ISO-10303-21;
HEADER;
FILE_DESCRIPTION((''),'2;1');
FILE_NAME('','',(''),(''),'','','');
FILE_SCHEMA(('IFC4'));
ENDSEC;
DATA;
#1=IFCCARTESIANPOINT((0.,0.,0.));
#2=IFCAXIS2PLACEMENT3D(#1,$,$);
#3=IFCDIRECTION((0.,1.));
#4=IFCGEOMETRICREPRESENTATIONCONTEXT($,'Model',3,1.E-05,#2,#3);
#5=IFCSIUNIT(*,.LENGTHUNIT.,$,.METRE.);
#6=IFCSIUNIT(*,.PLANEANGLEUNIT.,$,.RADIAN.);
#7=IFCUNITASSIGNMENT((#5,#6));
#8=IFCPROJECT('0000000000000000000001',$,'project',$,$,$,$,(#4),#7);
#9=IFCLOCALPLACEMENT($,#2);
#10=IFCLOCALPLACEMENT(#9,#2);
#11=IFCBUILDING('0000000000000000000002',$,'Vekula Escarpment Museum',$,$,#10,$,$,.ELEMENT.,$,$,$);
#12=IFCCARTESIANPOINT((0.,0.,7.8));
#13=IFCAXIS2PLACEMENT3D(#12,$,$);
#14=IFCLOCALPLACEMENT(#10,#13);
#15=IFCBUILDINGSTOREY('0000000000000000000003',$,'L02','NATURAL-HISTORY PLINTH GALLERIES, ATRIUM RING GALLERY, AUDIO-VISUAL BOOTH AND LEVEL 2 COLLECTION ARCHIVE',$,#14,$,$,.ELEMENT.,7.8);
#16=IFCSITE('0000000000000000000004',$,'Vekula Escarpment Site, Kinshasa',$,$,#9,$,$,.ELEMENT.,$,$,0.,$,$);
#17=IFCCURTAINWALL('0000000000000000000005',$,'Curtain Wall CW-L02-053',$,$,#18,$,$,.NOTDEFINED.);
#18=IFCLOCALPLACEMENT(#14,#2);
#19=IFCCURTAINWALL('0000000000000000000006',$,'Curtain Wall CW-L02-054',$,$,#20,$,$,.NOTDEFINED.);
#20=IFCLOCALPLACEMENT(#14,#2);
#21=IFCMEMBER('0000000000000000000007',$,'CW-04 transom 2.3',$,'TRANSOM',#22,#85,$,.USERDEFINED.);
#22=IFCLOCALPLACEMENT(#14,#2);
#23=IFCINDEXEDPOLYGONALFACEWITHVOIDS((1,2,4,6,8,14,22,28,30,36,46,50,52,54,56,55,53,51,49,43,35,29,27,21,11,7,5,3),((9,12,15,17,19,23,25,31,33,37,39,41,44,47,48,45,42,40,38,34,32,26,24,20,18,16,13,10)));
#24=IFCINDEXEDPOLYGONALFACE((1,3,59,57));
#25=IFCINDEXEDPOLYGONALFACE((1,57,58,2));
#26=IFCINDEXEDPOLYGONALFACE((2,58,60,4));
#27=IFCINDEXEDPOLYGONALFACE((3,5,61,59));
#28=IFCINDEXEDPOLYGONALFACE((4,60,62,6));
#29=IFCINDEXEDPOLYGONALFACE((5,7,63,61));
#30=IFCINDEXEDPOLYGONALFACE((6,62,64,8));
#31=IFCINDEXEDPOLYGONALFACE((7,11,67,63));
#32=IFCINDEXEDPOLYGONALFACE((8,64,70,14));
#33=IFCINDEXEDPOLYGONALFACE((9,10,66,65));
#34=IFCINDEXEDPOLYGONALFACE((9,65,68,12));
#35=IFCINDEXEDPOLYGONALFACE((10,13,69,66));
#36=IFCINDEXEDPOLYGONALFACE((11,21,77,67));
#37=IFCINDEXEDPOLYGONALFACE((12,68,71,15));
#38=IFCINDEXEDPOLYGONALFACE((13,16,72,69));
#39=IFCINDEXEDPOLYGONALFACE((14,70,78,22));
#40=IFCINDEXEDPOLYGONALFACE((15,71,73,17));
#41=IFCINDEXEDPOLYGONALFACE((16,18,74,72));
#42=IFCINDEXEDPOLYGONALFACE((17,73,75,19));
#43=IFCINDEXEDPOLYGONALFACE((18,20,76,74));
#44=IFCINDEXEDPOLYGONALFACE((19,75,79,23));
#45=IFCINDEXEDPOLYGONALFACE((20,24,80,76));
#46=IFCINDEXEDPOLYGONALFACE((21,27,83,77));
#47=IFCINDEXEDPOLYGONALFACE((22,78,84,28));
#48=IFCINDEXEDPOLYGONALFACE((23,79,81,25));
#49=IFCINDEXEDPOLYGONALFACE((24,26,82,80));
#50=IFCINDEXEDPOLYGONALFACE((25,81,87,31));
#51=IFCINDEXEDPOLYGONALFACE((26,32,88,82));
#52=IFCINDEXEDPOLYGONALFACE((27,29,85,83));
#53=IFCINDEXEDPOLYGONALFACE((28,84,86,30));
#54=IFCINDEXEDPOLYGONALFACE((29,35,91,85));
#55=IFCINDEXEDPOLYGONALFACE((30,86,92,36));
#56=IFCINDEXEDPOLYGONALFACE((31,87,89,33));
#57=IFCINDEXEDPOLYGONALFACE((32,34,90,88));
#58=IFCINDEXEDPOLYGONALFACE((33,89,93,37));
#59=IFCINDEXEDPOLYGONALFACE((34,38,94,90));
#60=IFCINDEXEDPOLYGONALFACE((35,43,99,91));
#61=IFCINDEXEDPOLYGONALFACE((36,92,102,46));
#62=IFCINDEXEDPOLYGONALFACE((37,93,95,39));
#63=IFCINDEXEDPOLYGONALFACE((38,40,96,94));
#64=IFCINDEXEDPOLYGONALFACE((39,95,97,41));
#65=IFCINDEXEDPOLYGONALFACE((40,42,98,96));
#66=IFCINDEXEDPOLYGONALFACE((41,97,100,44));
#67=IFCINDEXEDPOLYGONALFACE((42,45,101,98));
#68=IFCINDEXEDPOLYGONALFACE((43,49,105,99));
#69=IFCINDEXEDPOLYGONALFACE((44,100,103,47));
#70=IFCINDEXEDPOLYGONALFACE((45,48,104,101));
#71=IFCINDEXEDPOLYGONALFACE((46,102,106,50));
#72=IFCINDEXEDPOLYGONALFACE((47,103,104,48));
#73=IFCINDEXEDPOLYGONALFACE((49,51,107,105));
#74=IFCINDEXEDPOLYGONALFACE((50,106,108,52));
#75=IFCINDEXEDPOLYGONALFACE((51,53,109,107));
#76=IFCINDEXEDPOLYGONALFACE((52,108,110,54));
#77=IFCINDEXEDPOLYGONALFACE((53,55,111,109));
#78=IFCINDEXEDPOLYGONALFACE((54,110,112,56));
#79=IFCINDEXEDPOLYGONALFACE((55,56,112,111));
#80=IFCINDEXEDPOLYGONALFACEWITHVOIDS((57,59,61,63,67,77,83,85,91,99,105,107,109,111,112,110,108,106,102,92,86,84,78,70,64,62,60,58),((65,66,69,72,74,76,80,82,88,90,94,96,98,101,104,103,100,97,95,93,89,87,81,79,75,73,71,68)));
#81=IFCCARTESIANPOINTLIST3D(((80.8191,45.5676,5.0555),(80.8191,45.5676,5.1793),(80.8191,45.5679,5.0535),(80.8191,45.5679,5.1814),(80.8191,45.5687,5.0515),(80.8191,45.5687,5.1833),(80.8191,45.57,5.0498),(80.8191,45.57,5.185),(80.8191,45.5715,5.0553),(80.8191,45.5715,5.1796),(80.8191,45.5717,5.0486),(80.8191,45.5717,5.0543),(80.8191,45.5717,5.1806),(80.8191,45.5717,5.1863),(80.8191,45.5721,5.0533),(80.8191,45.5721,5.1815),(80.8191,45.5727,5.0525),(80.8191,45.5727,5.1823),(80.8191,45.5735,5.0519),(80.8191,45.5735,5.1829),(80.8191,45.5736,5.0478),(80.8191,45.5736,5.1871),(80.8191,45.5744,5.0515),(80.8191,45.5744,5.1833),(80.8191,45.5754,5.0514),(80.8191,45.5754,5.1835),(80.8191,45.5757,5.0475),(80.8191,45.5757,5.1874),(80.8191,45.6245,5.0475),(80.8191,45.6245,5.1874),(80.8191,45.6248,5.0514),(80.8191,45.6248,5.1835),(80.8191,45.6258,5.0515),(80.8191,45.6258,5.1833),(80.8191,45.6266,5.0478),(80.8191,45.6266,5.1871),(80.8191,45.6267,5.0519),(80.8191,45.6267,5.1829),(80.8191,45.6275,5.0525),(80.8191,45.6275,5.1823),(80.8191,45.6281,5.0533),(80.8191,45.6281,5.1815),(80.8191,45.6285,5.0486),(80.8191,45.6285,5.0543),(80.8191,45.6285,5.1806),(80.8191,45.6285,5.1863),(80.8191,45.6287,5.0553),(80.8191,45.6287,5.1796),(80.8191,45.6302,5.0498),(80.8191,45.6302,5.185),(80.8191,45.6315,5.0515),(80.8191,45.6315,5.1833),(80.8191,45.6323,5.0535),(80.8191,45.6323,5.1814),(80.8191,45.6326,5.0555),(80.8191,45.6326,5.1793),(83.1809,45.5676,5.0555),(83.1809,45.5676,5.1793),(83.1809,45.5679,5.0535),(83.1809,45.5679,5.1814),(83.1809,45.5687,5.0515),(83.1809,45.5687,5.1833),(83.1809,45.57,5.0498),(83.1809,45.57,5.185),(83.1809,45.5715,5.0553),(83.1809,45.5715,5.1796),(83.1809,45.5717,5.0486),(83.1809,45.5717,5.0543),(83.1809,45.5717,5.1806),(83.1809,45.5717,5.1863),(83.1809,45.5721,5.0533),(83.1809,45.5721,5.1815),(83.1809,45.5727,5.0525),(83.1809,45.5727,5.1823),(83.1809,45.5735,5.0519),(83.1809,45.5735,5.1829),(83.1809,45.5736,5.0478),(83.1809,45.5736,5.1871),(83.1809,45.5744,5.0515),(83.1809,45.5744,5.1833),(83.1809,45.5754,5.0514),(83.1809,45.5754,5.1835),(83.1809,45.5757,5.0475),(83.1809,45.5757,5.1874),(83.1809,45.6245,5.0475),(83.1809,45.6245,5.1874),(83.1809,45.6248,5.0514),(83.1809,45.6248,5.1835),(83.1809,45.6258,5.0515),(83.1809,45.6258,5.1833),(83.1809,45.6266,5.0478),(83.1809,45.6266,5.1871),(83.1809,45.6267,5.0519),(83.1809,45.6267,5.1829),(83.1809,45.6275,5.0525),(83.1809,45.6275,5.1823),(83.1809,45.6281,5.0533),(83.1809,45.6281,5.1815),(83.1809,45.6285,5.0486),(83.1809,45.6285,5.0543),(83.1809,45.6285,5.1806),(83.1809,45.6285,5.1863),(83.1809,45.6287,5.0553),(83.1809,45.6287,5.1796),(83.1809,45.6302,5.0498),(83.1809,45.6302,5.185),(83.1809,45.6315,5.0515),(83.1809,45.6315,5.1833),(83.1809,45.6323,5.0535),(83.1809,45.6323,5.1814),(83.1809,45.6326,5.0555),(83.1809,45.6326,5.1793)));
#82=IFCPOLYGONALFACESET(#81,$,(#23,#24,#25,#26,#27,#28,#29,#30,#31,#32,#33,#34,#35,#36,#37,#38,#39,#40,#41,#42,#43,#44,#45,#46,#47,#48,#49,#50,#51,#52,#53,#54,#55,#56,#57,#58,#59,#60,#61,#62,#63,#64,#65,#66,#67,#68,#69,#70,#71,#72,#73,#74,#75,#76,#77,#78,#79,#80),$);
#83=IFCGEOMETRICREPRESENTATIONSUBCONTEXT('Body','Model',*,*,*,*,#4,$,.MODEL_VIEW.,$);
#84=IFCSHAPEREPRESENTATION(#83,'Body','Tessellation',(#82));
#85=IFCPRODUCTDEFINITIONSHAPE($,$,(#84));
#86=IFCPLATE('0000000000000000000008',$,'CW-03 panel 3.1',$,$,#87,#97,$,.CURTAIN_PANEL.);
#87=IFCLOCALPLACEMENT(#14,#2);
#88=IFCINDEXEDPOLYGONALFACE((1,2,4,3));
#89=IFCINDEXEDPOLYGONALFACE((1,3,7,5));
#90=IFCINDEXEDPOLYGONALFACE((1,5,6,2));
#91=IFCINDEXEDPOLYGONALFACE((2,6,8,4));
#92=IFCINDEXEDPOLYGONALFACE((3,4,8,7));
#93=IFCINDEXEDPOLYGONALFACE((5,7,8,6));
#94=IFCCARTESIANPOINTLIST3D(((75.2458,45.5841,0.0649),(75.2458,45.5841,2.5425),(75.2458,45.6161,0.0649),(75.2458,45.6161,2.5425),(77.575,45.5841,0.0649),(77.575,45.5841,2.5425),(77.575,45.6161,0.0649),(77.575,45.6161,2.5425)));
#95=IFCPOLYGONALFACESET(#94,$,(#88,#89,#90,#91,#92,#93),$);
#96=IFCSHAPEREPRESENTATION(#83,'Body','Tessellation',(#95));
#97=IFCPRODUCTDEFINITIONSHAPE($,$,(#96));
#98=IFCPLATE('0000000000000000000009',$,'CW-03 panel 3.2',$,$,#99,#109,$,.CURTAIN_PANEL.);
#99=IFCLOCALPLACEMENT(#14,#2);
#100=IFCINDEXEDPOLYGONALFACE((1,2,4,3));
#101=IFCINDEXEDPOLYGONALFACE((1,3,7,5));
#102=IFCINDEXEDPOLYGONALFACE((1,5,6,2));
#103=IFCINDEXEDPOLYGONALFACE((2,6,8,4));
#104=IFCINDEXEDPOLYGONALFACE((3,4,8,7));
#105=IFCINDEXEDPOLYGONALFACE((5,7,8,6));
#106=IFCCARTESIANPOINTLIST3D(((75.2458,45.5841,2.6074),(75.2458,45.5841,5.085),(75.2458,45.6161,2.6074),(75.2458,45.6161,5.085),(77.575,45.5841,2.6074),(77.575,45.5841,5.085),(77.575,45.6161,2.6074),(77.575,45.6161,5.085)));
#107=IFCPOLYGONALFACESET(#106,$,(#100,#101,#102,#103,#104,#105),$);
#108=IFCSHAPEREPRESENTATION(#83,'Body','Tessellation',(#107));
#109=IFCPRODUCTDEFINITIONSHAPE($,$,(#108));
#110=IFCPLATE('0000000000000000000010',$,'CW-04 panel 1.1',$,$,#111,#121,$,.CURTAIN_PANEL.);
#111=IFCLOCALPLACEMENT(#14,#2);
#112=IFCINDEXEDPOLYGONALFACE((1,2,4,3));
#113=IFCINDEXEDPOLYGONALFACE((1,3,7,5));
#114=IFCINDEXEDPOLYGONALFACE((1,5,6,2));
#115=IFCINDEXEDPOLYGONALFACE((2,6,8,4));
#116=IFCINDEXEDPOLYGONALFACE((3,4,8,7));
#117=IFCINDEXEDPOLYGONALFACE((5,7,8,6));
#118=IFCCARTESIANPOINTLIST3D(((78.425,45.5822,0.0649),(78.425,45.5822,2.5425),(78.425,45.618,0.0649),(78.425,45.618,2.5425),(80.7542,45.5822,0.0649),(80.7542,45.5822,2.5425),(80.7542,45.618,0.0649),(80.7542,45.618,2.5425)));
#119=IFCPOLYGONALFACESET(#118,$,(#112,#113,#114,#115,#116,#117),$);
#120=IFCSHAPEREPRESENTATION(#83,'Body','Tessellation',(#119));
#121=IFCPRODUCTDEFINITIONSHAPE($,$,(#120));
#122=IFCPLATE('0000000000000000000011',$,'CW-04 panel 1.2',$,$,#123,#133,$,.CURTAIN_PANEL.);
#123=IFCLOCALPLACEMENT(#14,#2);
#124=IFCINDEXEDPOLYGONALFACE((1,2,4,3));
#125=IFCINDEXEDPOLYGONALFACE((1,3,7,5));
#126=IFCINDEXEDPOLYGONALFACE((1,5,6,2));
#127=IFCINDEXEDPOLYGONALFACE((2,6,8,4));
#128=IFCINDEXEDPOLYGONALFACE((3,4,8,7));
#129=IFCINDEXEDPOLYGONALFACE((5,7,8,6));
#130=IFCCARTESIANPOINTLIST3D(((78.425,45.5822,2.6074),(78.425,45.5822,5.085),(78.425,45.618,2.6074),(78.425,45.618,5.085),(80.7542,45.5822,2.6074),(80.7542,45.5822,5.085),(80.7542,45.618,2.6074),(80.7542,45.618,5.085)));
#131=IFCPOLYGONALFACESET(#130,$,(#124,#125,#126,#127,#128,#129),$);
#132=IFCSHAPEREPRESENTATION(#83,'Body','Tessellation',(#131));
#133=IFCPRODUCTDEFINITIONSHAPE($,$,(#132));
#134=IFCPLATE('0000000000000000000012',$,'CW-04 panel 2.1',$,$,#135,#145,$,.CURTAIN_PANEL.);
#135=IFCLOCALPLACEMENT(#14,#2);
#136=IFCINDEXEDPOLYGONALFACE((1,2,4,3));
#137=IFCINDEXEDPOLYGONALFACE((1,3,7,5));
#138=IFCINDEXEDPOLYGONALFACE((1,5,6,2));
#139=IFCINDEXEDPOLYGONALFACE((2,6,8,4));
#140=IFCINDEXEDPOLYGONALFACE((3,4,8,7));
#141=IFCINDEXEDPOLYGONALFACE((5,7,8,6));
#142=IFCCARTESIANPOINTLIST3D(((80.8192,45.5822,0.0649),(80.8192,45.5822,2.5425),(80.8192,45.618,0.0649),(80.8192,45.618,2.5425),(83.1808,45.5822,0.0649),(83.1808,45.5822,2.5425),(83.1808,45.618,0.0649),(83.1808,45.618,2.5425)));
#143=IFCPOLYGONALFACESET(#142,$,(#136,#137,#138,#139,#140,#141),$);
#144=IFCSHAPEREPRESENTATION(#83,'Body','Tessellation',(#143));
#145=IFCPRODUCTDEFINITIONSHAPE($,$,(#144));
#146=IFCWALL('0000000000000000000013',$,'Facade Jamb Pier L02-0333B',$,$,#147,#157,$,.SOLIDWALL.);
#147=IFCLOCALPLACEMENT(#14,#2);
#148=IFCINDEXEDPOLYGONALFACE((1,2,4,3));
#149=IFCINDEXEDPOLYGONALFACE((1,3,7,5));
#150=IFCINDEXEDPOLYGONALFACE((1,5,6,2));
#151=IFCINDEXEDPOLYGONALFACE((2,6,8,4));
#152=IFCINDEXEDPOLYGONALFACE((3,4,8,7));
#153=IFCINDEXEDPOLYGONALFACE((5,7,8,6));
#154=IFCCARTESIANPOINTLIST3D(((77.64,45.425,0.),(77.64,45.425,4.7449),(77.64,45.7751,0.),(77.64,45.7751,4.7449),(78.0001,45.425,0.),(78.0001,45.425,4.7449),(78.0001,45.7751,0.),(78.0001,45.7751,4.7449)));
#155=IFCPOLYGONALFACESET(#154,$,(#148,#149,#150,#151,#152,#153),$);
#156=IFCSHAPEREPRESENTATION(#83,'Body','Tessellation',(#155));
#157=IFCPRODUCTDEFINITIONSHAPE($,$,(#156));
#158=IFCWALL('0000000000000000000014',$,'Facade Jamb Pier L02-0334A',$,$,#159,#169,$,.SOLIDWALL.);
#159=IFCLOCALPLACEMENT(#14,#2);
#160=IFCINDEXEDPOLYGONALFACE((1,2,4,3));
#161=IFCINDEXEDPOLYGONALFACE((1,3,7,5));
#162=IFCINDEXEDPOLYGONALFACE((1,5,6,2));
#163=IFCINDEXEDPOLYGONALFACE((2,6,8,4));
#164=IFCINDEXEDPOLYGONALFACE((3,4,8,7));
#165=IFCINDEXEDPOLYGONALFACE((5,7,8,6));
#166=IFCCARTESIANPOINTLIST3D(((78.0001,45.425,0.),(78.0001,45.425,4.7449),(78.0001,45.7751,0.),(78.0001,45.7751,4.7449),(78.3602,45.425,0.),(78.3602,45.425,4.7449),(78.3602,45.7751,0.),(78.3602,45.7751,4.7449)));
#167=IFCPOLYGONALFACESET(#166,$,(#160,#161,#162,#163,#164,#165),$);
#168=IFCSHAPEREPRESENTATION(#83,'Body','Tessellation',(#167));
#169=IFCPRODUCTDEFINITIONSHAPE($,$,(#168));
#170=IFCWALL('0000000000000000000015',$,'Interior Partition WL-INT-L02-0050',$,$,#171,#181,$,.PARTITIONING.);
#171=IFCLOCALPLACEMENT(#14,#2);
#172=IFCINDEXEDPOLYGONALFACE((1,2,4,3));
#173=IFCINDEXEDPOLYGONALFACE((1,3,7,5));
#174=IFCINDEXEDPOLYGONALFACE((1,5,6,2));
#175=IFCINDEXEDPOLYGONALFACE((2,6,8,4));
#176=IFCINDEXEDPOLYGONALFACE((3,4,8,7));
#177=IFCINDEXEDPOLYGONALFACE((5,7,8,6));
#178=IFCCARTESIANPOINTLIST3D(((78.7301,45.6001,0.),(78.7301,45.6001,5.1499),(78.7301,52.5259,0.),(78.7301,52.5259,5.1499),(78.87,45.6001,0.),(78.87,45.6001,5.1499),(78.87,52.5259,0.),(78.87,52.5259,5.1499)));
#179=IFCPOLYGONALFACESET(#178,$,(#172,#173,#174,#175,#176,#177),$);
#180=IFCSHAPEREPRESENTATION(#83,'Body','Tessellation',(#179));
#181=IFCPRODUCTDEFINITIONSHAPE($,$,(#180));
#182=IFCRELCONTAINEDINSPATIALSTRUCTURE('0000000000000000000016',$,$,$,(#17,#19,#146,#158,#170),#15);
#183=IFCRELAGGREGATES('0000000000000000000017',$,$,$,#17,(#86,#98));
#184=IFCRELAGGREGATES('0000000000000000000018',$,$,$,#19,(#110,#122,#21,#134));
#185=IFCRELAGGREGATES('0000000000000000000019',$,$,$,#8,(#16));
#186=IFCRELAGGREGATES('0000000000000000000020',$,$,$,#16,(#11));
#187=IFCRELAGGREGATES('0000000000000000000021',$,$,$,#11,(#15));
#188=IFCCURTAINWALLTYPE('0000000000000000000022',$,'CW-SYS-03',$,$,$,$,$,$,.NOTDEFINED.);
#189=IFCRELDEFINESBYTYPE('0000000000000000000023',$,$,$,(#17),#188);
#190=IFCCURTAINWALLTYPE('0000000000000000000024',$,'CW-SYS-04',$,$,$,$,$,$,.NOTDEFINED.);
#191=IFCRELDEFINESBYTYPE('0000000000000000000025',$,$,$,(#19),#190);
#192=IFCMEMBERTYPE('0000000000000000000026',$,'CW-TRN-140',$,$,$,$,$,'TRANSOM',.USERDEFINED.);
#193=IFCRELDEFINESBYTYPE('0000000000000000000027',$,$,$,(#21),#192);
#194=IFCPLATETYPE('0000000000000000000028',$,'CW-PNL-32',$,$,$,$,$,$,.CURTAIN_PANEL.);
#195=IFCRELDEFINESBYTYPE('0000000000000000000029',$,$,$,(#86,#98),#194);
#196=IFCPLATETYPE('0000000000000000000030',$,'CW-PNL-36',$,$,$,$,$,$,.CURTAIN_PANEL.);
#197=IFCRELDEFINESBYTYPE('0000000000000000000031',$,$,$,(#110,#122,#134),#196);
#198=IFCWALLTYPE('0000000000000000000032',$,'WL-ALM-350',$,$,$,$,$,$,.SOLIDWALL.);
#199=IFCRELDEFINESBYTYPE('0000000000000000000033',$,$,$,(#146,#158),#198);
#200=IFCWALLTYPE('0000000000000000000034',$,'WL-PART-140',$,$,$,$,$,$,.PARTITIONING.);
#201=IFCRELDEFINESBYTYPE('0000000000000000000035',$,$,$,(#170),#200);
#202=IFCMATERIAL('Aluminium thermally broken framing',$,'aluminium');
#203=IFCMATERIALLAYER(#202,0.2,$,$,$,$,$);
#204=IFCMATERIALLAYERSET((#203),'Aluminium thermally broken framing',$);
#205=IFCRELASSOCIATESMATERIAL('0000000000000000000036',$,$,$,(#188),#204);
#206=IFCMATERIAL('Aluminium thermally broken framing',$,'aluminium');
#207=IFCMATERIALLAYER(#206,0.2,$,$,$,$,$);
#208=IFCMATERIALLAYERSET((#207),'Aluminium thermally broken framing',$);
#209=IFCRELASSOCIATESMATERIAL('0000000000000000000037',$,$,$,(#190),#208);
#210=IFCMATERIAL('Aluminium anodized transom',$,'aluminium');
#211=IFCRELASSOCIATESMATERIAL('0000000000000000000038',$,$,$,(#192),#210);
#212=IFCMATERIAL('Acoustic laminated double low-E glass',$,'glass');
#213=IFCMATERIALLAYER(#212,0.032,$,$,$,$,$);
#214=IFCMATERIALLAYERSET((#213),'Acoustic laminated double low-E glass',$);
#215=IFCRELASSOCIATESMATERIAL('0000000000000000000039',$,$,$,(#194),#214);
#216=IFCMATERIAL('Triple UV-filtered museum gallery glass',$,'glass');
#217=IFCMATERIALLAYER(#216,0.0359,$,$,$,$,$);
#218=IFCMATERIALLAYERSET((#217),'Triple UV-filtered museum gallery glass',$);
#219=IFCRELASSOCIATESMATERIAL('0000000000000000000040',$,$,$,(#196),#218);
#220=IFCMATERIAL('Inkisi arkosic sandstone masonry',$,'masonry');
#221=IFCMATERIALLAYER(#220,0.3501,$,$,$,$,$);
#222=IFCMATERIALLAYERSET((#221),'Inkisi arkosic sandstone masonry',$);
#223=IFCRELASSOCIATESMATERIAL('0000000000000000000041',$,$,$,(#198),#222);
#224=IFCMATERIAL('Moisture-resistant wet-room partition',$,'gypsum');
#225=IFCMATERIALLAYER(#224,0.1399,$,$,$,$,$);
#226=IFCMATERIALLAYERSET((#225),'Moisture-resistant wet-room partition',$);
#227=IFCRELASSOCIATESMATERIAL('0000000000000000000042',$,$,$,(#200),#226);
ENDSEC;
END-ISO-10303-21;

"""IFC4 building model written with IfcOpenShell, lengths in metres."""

from ifc_helpers import new_model, si_unit, direction, frame, frame_2d, origin, origin_2d, place, context, subcontext, project, spatial, rectangle, hollow_rectangle, extrude, material, layer, layer_set, material_profile, profile_set, type_object, element, aggregate, save


model = new_model("IFC4")

# Units and contexts
model_context = context("Model", 3, precision=1e-05, world=origin(), true_north=direction((0.0, 1.0)))
body_context = subcontext(model_context, "Body", "Model", "MODEL_VIEW")
ifc_project = project(units=[si_unit("LENGTHUNIT", "METRE"), si_unit("PLANEANGLEUNIT", "RADIAN")], contexts=[model_context])

# Site, building, storey
site_placement = place(None, origin())
site = spatial("IfcSite", under=ifc_project, at=site_placement, Name="Vekula Escarpment Site, Kinshasa", CompositionType="ELEMENT", RefElevation=0.0)
building_placement = place(site_placement, origin())
building = spatial("IfcBuilding", under=site, at=building_placement, Name="Vekula Escarpment Museum", CompositionType="ELEMENT")
storey_placement = place(building_placement, frame((0.0, 0.0, 7.8)))
storey = spatial("IfcBuildingStorey", under=building, at=storey_placement, Name="L02", Description="NATURAL-HISTORY PLINTH GALLERIES, ATRIUM RING GALLERY, AUDIO-VISUAL BOOTH AND LEVEL 2 COLLECTION ARCHIVE", CompositionType="ELEMENT", Elevation=7.8)

# Curtain walls
ifc_material_1 = material(Name="Aluminium thermally broken framing", Category="aluminium")
ifc_layer_1 = layer(ifc_material_1, 0.2)
ifc_layer_set_1 = layer_set([ifc_layer_1], Name="Aluminium thermally broken framing")
curtain_wall_type_1 = type_object("IfcCurtainWallType", Name="CW-SYS-03", PredefinedType="NOTDEFINED", material=ifc_layer_set_1)
curtain_wall_1_placement = place(storey_placement, origin())
curtain_wall_1 = element("IfcCurtainWall", 1, at=curtain_wall_1_placement, inside=storey, type_object=curtain_wall_type_1, Name="Curtain Wall CW-L02-053", PredefinedType="NOTDEFINED")
ifc_material_2 = material(Name="Aluminium thermally broken framing", Category="aluminium")
ifc_layer_2 = layer(ifc_material_2, 0.2)
ifc_layer_set_2 = layer_set([ifc_layer_2], Name="Aluminium thermally broken framing")
curtain_wall_type_2 = type_object("IfcCurtainWallType", Name="CW-SYS-04", PredefinedType="NOTDEFINED", material=ifc_layer_set_2)
curtain_wall_2_placement = place(storey_placement, origin())
curtain_wall_2 = element("IfcCurtainWall", 2, at=curtain_wall_2_placement, inside=storey, type_object=curtain_wall_type_2, Name="Curtain Wall CW-L02-054", PredefinedType="NOTDEFINED")

# Member
ifc_material_3 = material(Name="Aluminium anodized transom", Category="aluminium")
ifc_material_profile_1 = material_profile(ifc_material_3, hollow_rectangle(XDim=0.0649, YDim=0.1399, WallThickness=0.0039, InnerFilletRadius=0.0039, OuterFilletRadius=0.0081, at=origin_2d()), Name="ALU 140x65x4")
ifc_profile_set_1 = profile_set([ifc_material_profile_1], Name="Aluminium anodized transom")
member_type_1 = type_object("IfcMemberType", Name="CW-TRN-140", ElementType="TRANSOM", PredefinedType="USERDEFINED", material=ifc_profile_set_1)
member_1_placement = place(storey_placement, frame((80.8191, 45.6001, 5.1174), z_axis=(1.0, 0.0, 0.0), x_axis=(0.0, 1.0, 0.0)))
member_1 = element("IfcMember", 3, at=member_1_placement, type_object=member_type_1, Name="CW-04 transom 2.3", ObjectType="TRANSOM", PredefinedType="USERDEFINED", context=body_context, shape_type="SweptSolid", body=[
    extrude(hollow_rectangle(XDim=0.0649, YDim=0.1399, WallThickness=0.0039, InnerFilletRadius=0.0039, OuterFilletRadius=0.0081, at=origin_2d()), origin(), (0.0, 0.0, 1.0), 2.3618),
])

# Plates
ifc_material_4 = material(Name="Acoustic laminated double low-E glass", Category="glass")
ifc_layer_3 = layer(ifc_material_4, 0.032)
ifc_layer_set_3 = layer_set([ifc_layer_3], Name="Acoustic laminated double low-E glass")
plate_type_1 = type_object("IfcPlateType", Name="CW-PNL-32", PredefinedType="CURTAIN_PANEL", material=ifc_layer_set_3)
plate_1_placement = place(storey_placement, frame((76.4104, 45.6001, 0.0649), z_axis=(0.0, 0.0, 1.0), x_axis=(1.0, 0.0, 0.0)))
plate_1 = element("IfcPlate", 4, at=plate_1_placement, type_object=plate_type_1, Name="CW-03 panel 3.1", PredefinedType="CURTAIN_PANEL", context=body_context, shape_type="SweptSolid", body=[
    extrude(rectangle(XDim=2.3291, YDim=0.032, at=origin_2d()), origin(), (0.0, 0.0, 1.0), 2.4775),
])
plate_2_placement = place(storey_placement, frame((76.4104, 45.6001, 2.6074), z_axis=(0.0, 0.0, 1.0), x_axis=(1.0, 0.0, 0.0)))
plate_2 = element("IfcPlate", 5, at=plate_2_placement, type_object=plate_type_1, Name="CW-03 panel 3.2", PredefinedType="CURTAIN_PANEL", context=body_context, shape_type="SweptSolid", body=[
    extrude(rectangle(XDim=2.3291, YDim=0.032, at=origin_2d()), origin(), (0.0, 0.0, 1.0), 2.4775),
])
aggregate(curtain_wall_1, [plate_1, plate_2])
ifc_material_5 = material(Name="Triple UV-filtered museum gallery glass", Category="glass")
ifc_layer_4 = layer(ifc_material_5, 0.0359)
ifc_layer_set_4 = layer_set([ifc_layer_4], Name="Triple UV-filtered museum gallery glass")
plate_type_2 = type_object("IfcPlateType", Name="CW-PNL-36", PredefinedType="CURTAIN_PANEL", material=ifc_layer_set_4)
plate_3_placement = place(storey_placement, frame((79.5896, 45.6001, 0.0649), z_axis=(0.0, 0.0, 1.0), x_axis=(1.0, 0.0, 0.0)))
plate_3 = element("IfcPlate", 6, at=plate_3_placement, type_object=plate_type_2, Name="CW-04 panel 1.1", PredefinedType="CURTAIN_PANEL", context=body_context, shape_type="SweptSolid", body=[
    extrude(rectangle(XDim=2.3291, YDim=0.0359, at=origin_2d()), origin(), (0.0, 0.0, 1.0), 2.4775),
])
plate_4_placement = place(storey_placement, frame((79.5896, 45.6001, 2.6074), z_axis=(0.0, 0.0, 1.0), x_axis=(1.0, 0.0, 0.0)))
plate_4 = element("IfcPlate", 7, at=plate_4_placement, type_object=plate_type_2, Name="CW-04 panel 1.2", PredefinedType="CURTAIN_PANEL", context=body_context, shape_type="SweptSolid", body=[
    extrude(rectangle(XDim=2.3291, YDim=0.0359, at=origin_2d()), origin(), (0.0, 0.0, 1.0), 2.4775),
])
plate_5_placement = place(storey_placement, frame((82.0, 45.6001, 0.0649), z_axis=(0.0, 0.0, 1.0), x_axis=(1.0, 0.0, 0.0)))
plate_5 = element("IfcPlate", 8, at=plate_5_placement, type_object=plate_type_2, Name="CW-04 panel 2.1", PredefinedType="CURTAIN_PANEL", context=body_context, shape_type="SweptSolid", body=[
    extrude(rectangle(XDim=2.3616, YDim=0.0359, at=origin_2d()), origin(), (0.0, 0.0, 1.0), 2.4775),
])
aggregate(curtain_wall_2, [plate_3, plate_4, member_1, plate_5])

# Walls
ifc_material_6 = material(Name="Inkisi arkosic sandstone masonry", Category="masonry")
ifc_layer_5 = layer(ifc_material_6, 0.3501)
ifc_layer_set_5 = layer_set([ifc_layer_5], Name="Inkisi arkosic sandstone masonry")
wall_type_1 = type_object("IfcWallType", Name="WL-ALM-350", PredefinedType="SOLIDWALL", material=ifc_layer_set_5)
for number, where, z_axis, x_axis, name in (
    (9, (77.6399, 45.6001, 0.0), (0.0, 0.0, 1.0), (1.0, 0.0, 0.0), "Facade Jamb Pier L02-0333B"),
    (10, (78.0, 45.6001, 0.0), (0.0, 0.0, 1.0), (1.0, 0.0, 0.0), "Facade Jamb Pier L02-0334A"),
):
    element("IfcWall", number, at=place(storey_placement, frame(where, z_axis=z_axis, x_axis=x_axis)), inside=storey, type_object=wall_type_1, Name=name, PredefinedType="SOLIDWALL", context=body_context, shape_type="SweptSolid", body=[
        extrude(rectangle(XDim=0.3601, YDim=0.3501, at=frame_2d((0.1802, 0.0))), origin(), (0.0, 0.0, 1.0), 4.7449),
    ])
ifc_material_7 = material(Name="Moisture-resistant wet-room partition", Category="gypsum")
ifc_layer_6 = layer(ifc_material_7, 0.1399)
ifc_layer_set_6 = layer_set([ifc_layer_6], Name="Moisture-resistant wet-room partition")
wall_type_2 = type_object("IfcWallType", Name="WL-PART-140", PredefinedType="PARTITIONING", material=ifc_layer_set_6)
wall_placement = place(storey_placement, frame((78.8, 45.6001, 0.0), z_axis=(0.0, 0.0, 1.0), x_axis=(0.0, 1.0, 0.0)))
element("IfcWall", 11, at=wall_placement, inside=storey, type_object=wall_type_2, Name="Interior Partition WL-INT-L02-0050", PredefinedType="PARTITIONING", context=body_context, shape_type="SweptSolid", body=[
    extrude(rectangle(XDim=6.9258, YDim=0.1399, at=frame_2d((3.4629, 0.0))), origin(), (0.0, 0.0, 1.0), 5.1499),
])

save(model, "model.ifc")
